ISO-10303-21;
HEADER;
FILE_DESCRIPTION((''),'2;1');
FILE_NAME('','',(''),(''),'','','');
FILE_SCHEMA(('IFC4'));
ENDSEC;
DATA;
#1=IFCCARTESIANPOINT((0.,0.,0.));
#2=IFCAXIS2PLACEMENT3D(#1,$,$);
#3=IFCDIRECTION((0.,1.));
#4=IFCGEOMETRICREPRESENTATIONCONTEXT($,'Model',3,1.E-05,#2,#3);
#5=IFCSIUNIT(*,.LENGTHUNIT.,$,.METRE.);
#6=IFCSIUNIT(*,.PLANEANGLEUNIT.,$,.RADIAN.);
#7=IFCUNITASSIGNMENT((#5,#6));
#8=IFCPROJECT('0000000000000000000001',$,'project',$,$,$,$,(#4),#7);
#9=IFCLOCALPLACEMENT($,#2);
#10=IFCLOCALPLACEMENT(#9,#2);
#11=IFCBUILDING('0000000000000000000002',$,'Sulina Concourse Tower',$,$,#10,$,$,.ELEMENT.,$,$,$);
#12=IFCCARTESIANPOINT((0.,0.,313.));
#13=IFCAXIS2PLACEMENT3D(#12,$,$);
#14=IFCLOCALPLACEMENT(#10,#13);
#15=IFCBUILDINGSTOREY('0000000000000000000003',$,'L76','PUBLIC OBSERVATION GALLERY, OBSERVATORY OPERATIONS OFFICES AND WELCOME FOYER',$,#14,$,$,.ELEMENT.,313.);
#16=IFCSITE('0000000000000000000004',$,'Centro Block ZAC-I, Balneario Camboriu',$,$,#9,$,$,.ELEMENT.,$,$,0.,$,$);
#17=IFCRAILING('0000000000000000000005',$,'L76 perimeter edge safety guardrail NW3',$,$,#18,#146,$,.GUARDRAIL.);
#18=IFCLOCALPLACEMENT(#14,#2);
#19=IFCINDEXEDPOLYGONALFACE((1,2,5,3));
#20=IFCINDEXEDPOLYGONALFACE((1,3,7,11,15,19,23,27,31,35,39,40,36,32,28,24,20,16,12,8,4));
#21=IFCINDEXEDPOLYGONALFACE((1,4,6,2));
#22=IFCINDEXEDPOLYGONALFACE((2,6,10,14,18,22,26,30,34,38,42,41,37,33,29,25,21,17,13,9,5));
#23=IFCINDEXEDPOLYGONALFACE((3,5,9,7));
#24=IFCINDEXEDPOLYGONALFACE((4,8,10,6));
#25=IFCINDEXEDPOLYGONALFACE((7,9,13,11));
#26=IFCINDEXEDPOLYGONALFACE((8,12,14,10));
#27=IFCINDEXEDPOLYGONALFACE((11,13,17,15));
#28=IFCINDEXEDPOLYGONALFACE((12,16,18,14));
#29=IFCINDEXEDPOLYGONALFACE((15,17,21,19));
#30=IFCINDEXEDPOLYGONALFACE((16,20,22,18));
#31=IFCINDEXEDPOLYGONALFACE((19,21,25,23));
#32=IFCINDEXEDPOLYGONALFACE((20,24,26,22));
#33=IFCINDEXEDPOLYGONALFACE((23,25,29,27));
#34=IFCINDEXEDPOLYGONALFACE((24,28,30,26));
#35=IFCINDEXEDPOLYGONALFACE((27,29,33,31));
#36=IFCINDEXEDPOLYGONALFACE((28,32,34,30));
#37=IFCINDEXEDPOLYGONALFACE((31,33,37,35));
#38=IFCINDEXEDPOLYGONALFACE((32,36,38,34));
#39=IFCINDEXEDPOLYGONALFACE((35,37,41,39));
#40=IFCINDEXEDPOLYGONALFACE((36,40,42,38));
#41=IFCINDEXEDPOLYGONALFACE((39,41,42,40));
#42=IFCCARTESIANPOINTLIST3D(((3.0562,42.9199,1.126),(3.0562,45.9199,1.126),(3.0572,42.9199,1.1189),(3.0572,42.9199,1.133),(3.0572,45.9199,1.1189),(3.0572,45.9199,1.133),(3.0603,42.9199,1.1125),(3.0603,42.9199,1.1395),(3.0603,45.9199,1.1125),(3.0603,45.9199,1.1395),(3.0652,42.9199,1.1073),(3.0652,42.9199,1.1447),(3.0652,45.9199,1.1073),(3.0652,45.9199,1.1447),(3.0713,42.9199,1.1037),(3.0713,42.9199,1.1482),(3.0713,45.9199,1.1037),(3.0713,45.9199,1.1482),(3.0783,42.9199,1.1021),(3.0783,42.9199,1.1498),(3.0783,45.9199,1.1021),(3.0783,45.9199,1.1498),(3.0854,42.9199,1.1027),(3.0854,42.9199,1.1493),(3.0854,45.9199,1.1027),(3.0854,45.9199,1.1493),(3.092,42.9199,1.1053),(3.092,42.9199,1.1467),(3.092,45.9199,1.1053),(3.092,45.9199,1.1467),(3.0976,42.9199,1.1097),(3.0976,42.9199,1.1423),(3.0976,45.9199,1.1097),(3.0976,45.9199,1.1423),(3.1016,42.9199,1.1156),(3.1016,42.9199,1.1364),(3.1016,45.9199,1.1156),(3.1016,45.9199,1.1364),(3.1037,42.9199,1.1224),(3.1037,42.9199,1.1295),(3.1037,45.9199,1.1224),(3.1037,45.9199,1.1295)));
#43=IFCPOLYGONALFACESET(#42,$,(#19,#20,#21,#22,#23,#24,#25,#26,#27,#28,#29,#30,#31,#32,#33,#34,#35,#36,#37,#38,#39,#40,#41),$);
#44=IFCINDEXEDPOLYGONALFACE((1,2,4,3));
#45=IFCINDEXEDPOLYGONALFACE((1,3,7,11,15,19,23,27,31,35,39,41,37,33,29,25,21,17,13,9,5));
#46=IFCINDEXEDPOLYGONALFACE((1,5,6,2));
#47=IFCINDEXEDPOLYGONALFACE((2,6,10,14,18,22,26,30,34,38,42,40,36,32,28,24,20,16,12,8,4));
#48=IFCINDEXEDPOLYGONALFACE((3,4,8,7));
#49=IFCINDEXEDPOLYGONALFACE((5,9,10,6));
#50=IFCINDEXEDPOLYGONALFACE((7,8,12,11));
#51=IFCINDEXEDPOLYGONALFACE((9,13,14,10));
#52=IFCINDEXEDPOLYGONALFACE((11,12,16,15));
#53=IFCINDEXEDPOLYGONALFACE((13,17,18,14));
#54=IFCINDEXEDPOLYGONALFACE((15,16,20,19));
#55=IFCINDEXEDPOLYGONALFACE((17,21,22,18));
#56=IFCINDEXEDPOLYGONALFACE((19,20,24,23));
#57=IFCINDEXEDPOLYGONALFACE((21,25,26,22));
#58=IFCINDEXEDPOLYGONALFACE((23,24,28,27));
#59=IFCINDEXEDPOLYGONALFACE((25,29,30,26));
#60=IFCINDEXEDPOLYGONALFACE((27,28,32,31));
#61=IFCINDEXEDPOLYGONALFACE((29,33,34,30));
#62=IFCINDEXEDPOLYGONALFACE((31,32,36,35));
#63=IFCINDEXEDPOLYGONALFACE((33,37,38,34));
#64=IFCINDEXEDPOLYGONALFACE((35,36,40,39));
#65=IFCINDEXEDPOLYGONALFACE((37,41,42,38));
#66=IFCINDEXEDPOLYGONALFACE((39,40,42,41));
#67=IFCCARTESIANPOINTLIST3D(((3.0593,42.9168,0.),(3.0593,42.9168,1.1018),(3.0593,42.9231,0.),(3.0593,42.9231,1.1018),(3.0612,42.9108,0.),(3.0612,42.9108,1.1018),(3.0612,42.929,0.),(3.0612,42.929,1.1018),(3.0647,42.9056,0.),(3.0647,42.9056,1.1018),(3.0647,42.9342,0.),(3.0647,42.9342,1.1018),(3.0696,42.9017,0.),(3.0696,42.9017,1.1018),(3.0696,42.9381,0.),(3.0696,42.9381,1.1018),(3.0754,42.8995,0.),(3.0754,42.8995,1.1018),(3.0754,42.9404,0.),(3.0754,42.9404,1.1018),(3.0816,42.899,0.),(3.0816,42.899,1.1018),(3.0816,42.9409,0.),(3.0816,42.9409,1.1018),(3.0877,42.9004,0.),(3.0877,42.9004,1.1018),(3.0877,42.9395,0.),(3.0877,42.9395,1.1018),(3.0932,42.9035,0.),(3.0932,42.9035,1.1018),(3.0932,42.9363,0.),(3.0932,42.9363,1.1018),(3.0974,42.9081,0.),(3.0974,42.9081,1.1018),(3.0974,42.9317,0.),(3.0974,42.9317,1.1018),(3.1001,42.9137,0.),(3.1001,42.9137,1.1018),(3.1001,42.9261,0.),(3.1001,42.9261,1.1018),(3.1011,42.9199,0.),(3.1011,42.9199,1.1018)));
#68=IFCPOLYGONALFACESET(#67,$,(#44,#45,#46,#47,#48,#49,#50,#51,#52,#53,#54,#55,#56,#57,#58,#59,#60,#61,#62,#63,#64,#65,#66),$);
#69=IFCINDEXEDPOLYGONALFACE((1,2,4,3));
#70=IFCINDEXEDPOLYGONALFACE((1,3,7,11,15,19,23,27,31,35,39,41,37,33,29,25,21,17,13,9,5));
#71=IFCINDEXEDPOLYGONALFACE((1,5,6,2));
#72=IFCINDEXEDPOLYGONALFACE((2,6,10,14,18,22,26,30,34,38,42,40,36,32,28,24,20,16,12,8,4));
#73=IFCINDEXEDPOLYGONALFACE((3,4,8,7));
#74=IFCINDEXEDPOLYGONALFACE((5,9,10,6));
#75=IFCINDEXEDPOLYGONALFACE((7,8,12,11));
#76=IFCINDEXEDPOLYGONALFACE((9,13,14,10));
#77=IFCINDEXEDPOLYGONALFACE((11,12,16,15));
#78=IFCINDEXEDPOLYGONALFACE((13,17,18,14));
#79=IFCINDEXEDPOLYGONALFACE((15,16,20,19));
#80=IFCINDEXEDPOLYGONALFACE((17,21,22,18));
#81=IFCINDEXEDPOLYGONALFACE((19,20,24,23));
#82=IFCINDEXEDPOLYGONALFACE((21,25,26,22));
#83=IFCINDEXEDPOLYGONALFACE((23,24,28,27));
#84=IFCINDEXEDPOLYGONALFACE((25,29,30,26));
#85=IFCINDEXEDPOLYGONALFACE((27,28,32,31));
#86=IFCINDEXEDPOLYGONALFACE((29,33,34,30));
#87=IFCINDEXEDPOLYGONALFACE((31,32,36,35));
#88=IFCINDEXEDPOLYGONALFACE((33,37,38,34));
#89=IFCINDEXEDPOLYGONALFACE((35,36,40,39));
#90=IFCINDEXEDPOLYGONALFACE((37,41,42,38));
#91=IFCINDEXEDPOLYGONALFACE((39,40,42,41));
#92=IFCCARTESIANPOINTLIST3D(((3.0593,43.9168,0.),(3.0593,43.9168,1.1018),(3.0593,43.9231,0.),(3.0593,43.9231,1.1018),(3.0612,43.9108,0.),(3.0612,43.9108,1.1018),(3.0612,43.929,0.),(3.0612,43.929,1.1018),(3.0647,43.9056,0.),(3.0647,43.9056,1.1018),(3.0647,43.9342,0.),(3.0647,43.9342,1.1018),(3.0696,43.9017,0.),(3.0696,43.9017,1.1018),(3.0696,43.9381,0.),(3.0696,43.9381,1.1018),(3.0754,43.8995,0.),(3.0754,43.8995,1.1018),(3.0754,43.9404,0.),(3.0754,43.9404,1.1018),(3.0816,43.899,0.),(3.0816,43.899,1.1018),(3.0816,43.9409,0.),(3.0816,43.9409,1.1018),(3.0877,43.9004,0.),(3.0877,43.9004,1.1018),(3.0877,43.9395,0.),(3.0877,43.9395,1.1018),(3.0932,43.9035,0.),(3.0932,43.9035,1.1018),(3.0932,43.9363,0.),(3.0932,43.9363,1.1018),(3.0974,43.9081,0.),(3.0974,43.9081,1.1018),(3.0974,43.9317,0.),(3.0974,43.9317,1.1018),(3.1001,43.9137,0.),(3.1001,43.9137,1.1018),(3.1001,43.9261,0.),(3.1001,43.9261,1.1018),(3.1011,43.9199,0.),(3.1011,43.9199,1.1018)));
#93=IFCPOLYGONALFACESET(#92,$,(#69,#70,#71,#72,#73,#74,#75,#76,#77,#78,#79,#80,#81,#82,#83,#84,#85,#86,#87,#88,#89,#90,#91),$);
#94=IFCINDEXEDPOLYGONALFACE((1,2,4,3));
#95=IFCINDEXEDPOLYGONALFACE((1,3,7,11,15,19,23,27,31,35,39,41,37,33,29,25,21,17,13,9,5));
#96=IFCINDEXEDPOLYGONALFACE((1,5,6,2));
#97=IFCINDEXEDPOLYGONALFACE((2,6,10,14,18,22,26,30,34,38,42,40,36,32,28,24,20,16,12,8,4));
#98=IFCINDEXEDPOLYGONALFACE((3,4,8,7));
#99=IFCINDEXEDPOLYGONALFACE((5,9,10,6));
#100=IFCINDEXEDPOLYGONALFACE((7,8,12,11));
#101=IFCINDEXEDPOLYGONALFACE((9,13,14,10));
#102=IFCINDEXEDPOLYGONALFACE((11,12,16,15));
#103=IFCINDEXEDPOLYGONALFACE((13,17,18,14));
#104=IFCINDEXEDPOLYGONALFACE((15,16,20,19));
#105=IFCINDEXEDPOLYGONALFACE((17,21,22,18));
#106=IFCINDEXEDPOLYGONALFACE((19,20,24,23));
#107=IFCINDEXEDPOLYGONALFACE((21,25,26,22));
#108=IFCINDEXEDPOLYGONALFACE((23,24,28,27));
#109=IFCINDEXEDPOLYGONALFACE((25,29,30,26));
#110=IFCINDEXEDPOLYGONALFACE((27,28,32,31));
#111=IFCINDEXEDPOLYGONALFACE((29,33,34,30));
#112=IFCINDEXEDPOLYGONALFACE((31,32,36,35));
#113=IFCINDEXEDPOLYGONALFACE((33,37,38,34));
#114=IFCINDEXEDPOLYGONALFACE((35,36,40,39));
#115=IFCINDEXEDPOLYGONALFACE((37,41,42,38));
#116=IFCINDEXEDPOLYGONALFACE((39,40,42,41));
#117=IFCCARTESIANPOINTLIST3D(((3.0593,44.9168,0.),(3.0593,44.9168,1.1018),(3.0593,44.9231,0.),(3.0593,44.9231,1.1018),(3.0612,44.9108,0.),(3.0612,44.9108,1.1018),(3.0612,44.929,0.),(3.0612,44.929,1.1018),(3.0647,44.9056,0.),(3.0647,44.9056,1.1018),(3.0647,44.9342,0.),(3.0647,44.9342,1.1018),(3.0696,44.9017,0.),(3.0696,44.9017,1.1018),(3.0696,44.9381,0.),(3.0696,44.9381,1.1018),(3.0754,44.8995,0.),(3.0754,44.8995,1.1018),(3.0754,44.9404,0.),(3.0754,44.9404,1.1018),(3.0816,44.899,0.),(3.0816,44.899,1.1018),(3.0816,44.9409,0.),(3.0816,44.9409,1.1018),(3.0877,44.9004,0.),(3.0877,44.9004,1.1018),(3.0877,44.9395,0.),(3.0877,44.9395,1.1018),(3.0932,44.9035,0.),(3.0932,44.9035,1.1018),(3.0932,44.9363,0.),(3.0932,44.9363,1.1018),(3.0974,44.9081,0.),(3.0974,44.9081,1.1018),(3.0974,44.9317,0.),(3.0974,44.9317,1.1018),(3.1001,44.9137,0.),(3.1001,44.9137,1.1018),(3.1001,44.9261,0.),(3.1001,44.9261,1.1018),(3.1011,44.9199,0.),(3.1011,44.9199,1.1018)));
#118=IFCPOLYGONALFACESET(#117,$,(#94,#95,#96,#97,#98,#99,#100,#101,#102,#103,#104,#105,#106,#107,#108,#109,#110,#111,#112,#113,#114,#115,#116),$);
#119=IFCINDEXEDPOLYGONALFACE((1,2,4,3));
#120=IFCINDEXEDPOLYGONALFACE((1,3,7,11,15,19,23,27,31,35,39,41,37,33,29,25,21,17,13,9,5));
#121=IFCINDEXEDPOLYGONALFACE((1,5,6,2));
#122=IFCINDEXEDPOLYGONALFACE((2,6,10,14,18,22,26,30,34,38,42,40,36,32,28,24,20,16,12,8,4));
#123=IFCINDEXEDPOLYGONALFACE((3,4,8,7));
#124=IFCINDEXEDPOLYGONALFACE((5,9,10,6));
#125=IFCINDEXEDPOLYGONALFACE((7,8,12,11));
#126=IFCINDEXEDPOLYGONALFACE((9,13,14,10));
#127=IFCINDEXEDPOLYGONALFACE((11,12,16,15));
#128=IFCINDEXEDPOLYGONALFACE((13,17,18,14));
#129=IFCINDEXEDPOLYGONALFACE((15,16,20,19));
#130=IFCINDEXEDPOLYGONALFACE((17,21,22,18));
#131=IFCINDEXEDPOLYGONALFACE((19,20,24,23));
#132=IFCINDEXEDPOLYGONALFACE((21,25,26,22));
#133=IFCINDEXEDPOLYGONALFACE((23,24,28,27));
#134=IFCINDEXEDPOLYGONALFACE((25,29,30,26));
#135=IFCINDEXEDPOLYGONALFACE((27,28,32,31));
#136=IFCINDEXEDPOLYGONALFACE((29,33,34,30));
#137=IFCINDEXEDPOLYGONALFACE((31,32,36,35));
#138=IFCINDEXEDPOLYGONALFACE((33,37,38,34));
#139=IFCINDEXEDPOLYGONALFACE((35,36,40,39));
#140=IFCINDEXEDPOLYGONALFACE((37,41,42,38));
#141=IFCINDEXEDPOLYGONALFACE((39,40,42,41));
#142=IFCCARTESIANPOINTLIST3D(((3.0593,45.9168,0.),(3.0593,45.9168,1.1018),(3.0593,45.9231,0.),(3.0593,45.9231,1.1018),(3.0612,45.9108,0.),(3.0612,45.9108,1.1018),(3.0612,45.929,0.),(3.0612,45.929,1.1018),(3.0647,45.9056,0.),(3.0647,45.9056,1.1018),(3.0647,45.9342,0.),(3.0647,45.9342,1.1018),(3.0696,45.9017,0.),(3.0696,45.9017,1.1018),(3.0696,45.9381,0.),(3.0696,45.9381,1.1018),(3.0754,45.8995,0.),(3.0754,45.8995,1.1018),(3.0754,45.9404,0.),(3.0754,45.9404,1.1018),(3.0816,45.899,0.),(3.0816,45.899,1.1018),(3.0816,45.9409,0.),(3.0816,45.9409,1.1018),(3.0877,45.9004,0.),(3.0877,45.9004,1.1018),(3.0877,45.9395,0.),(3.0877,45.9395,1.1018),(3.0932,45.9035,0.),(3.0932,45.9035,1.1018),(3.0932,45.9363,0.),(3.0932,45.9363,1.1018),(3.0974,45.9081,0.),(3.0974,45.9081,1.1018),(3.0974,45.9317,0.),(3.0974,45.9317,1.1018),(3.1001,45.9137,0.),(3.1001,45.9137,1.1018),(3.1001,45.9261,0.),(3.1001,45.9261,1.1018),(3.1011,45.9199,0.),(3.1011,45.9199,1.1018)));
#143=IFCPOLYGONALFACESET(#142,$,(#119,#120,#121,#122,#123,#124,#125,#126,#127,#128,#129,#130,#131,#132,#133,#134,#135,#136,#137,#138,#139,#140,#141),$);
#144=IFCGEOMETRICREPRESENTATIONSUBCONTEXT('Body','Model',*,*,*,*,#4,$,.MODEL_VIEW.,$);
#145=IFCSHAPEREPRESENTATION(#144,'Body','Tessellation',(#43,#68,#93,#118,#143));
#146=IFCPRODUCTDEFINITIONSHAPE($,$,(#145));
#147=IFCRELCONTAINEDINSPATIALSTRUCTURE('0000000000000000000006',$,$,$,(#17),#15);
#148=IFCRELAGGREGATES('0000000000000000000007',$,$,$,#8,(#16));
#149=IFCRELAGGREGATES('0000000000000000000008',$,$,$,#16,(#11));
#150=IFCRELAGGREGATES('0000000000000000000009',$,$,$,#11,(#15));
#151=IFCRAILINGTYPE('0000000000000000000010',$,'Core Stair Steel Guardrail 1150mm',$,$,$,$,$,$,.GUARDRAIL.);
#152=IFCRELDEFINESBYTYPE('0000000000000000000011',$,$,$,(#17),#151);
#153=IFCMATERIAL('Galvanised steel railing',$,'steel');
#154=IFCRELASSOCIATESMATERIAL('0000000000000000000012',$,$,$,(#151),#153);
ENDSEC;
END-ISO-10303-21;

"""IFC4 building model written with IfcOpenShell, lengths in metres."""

from ifc_helpers import new_model, si_unit, direction, frame, origin, origin_2d, place, context, subcontext, project, spatial, circle, extrude, material, type_object, element, save


model = new_model("IFC4")

# Units and contexts
model_context = context("Model", 3, precision=1e-05, world=origin(), true_north=direction((0.0, 1.0)))
body_context = subcontext(model_context, "Body", "Model", "MODEL_VIEW")
ifc_project = project(units=[si_unit("LENGTHUNIT", "METRE"), si_unit("PLANEANGLEUNIT", "RADIAN")], contexts=[model_context])

# Site, building, storey
site_placement = place(None, origin())
site = spatial("IfcSite", under=ifc_project, at=site_placement, Name="Centro Block ZAC-I, Balneario Camboriu", CompositionType="ELEMENT", RefElevation=0.0)
building_placement = place(site_placement, origin())
building = spatial("IfcBuilding", under=site, at=building_placement, Name="Sulina Concourse Tower", CompositionType="ELEMENT")
storey_placement = place(building_placement, frame((0.0, 0.0, 313.0)))
storey = spatial("IfcBuildingStorey", under=building, at=storey_placement, Name="L76", Description="PUBLIC OBSERVATION GALLERY, OBSERVATORY OPERATIONS OFFICES AND WELCOME FOYER", CompositionType="ELEMENT", Elevation=313.0)

# Railing
ifc_material_1 = material(Name="Galvanised steel railing", Category="steel")
railing_type_1 = type_object("IfcRailingType", Name="Core Stair Steel Guardrail 1150mm", PredefinedType="GUARDRAIL", material=ifc_material_1)
railing_1_placement = place(storey_placement, frame((3.0801, 42.9199, 0.0)))
element("IfcRailing", 1, at=railing_1_placement, inside=storey, type_object=railing_type_1, Name="L76 perimeter edge safety guardrail NW3", PredefinedType="GUARDRAIL", context=body_context, shape_type="SweptSolid", body=[
    extrude(circle(Radius=0.0239, at=origin_2d()), frame((0.0, 0.0, 1.126), z_axis=(0.0, 1.0, 0.0), x_axis=(-1.0, 0.0, 0.0)), (0.0, 0.0, 1.0), 3.0),
    extrude(circle(Radius=0.021, at=origin_2d()), origin(), (0.0, 0.0, 1.0), 1.1018),
    extrude(circle(Radius=0.021, at=origin_2d()), frame((0.0, 1.0, 0.0)), (0.0, 0.0, 1.0), 1.1018),
    extrude(circle(Radius=0.021, at=origin_2d()), frame((0.0, 2.0, 0.0)), (0.0, 0.0, 1.0), 1.1018),
    extrude(circle(Radius=0.021, at=origin_2d()), frame((0.0, 3.0, 0.0)), (0.0, 0.0, 1.0), 1.1018),
])

save(model, "model.ifc")
